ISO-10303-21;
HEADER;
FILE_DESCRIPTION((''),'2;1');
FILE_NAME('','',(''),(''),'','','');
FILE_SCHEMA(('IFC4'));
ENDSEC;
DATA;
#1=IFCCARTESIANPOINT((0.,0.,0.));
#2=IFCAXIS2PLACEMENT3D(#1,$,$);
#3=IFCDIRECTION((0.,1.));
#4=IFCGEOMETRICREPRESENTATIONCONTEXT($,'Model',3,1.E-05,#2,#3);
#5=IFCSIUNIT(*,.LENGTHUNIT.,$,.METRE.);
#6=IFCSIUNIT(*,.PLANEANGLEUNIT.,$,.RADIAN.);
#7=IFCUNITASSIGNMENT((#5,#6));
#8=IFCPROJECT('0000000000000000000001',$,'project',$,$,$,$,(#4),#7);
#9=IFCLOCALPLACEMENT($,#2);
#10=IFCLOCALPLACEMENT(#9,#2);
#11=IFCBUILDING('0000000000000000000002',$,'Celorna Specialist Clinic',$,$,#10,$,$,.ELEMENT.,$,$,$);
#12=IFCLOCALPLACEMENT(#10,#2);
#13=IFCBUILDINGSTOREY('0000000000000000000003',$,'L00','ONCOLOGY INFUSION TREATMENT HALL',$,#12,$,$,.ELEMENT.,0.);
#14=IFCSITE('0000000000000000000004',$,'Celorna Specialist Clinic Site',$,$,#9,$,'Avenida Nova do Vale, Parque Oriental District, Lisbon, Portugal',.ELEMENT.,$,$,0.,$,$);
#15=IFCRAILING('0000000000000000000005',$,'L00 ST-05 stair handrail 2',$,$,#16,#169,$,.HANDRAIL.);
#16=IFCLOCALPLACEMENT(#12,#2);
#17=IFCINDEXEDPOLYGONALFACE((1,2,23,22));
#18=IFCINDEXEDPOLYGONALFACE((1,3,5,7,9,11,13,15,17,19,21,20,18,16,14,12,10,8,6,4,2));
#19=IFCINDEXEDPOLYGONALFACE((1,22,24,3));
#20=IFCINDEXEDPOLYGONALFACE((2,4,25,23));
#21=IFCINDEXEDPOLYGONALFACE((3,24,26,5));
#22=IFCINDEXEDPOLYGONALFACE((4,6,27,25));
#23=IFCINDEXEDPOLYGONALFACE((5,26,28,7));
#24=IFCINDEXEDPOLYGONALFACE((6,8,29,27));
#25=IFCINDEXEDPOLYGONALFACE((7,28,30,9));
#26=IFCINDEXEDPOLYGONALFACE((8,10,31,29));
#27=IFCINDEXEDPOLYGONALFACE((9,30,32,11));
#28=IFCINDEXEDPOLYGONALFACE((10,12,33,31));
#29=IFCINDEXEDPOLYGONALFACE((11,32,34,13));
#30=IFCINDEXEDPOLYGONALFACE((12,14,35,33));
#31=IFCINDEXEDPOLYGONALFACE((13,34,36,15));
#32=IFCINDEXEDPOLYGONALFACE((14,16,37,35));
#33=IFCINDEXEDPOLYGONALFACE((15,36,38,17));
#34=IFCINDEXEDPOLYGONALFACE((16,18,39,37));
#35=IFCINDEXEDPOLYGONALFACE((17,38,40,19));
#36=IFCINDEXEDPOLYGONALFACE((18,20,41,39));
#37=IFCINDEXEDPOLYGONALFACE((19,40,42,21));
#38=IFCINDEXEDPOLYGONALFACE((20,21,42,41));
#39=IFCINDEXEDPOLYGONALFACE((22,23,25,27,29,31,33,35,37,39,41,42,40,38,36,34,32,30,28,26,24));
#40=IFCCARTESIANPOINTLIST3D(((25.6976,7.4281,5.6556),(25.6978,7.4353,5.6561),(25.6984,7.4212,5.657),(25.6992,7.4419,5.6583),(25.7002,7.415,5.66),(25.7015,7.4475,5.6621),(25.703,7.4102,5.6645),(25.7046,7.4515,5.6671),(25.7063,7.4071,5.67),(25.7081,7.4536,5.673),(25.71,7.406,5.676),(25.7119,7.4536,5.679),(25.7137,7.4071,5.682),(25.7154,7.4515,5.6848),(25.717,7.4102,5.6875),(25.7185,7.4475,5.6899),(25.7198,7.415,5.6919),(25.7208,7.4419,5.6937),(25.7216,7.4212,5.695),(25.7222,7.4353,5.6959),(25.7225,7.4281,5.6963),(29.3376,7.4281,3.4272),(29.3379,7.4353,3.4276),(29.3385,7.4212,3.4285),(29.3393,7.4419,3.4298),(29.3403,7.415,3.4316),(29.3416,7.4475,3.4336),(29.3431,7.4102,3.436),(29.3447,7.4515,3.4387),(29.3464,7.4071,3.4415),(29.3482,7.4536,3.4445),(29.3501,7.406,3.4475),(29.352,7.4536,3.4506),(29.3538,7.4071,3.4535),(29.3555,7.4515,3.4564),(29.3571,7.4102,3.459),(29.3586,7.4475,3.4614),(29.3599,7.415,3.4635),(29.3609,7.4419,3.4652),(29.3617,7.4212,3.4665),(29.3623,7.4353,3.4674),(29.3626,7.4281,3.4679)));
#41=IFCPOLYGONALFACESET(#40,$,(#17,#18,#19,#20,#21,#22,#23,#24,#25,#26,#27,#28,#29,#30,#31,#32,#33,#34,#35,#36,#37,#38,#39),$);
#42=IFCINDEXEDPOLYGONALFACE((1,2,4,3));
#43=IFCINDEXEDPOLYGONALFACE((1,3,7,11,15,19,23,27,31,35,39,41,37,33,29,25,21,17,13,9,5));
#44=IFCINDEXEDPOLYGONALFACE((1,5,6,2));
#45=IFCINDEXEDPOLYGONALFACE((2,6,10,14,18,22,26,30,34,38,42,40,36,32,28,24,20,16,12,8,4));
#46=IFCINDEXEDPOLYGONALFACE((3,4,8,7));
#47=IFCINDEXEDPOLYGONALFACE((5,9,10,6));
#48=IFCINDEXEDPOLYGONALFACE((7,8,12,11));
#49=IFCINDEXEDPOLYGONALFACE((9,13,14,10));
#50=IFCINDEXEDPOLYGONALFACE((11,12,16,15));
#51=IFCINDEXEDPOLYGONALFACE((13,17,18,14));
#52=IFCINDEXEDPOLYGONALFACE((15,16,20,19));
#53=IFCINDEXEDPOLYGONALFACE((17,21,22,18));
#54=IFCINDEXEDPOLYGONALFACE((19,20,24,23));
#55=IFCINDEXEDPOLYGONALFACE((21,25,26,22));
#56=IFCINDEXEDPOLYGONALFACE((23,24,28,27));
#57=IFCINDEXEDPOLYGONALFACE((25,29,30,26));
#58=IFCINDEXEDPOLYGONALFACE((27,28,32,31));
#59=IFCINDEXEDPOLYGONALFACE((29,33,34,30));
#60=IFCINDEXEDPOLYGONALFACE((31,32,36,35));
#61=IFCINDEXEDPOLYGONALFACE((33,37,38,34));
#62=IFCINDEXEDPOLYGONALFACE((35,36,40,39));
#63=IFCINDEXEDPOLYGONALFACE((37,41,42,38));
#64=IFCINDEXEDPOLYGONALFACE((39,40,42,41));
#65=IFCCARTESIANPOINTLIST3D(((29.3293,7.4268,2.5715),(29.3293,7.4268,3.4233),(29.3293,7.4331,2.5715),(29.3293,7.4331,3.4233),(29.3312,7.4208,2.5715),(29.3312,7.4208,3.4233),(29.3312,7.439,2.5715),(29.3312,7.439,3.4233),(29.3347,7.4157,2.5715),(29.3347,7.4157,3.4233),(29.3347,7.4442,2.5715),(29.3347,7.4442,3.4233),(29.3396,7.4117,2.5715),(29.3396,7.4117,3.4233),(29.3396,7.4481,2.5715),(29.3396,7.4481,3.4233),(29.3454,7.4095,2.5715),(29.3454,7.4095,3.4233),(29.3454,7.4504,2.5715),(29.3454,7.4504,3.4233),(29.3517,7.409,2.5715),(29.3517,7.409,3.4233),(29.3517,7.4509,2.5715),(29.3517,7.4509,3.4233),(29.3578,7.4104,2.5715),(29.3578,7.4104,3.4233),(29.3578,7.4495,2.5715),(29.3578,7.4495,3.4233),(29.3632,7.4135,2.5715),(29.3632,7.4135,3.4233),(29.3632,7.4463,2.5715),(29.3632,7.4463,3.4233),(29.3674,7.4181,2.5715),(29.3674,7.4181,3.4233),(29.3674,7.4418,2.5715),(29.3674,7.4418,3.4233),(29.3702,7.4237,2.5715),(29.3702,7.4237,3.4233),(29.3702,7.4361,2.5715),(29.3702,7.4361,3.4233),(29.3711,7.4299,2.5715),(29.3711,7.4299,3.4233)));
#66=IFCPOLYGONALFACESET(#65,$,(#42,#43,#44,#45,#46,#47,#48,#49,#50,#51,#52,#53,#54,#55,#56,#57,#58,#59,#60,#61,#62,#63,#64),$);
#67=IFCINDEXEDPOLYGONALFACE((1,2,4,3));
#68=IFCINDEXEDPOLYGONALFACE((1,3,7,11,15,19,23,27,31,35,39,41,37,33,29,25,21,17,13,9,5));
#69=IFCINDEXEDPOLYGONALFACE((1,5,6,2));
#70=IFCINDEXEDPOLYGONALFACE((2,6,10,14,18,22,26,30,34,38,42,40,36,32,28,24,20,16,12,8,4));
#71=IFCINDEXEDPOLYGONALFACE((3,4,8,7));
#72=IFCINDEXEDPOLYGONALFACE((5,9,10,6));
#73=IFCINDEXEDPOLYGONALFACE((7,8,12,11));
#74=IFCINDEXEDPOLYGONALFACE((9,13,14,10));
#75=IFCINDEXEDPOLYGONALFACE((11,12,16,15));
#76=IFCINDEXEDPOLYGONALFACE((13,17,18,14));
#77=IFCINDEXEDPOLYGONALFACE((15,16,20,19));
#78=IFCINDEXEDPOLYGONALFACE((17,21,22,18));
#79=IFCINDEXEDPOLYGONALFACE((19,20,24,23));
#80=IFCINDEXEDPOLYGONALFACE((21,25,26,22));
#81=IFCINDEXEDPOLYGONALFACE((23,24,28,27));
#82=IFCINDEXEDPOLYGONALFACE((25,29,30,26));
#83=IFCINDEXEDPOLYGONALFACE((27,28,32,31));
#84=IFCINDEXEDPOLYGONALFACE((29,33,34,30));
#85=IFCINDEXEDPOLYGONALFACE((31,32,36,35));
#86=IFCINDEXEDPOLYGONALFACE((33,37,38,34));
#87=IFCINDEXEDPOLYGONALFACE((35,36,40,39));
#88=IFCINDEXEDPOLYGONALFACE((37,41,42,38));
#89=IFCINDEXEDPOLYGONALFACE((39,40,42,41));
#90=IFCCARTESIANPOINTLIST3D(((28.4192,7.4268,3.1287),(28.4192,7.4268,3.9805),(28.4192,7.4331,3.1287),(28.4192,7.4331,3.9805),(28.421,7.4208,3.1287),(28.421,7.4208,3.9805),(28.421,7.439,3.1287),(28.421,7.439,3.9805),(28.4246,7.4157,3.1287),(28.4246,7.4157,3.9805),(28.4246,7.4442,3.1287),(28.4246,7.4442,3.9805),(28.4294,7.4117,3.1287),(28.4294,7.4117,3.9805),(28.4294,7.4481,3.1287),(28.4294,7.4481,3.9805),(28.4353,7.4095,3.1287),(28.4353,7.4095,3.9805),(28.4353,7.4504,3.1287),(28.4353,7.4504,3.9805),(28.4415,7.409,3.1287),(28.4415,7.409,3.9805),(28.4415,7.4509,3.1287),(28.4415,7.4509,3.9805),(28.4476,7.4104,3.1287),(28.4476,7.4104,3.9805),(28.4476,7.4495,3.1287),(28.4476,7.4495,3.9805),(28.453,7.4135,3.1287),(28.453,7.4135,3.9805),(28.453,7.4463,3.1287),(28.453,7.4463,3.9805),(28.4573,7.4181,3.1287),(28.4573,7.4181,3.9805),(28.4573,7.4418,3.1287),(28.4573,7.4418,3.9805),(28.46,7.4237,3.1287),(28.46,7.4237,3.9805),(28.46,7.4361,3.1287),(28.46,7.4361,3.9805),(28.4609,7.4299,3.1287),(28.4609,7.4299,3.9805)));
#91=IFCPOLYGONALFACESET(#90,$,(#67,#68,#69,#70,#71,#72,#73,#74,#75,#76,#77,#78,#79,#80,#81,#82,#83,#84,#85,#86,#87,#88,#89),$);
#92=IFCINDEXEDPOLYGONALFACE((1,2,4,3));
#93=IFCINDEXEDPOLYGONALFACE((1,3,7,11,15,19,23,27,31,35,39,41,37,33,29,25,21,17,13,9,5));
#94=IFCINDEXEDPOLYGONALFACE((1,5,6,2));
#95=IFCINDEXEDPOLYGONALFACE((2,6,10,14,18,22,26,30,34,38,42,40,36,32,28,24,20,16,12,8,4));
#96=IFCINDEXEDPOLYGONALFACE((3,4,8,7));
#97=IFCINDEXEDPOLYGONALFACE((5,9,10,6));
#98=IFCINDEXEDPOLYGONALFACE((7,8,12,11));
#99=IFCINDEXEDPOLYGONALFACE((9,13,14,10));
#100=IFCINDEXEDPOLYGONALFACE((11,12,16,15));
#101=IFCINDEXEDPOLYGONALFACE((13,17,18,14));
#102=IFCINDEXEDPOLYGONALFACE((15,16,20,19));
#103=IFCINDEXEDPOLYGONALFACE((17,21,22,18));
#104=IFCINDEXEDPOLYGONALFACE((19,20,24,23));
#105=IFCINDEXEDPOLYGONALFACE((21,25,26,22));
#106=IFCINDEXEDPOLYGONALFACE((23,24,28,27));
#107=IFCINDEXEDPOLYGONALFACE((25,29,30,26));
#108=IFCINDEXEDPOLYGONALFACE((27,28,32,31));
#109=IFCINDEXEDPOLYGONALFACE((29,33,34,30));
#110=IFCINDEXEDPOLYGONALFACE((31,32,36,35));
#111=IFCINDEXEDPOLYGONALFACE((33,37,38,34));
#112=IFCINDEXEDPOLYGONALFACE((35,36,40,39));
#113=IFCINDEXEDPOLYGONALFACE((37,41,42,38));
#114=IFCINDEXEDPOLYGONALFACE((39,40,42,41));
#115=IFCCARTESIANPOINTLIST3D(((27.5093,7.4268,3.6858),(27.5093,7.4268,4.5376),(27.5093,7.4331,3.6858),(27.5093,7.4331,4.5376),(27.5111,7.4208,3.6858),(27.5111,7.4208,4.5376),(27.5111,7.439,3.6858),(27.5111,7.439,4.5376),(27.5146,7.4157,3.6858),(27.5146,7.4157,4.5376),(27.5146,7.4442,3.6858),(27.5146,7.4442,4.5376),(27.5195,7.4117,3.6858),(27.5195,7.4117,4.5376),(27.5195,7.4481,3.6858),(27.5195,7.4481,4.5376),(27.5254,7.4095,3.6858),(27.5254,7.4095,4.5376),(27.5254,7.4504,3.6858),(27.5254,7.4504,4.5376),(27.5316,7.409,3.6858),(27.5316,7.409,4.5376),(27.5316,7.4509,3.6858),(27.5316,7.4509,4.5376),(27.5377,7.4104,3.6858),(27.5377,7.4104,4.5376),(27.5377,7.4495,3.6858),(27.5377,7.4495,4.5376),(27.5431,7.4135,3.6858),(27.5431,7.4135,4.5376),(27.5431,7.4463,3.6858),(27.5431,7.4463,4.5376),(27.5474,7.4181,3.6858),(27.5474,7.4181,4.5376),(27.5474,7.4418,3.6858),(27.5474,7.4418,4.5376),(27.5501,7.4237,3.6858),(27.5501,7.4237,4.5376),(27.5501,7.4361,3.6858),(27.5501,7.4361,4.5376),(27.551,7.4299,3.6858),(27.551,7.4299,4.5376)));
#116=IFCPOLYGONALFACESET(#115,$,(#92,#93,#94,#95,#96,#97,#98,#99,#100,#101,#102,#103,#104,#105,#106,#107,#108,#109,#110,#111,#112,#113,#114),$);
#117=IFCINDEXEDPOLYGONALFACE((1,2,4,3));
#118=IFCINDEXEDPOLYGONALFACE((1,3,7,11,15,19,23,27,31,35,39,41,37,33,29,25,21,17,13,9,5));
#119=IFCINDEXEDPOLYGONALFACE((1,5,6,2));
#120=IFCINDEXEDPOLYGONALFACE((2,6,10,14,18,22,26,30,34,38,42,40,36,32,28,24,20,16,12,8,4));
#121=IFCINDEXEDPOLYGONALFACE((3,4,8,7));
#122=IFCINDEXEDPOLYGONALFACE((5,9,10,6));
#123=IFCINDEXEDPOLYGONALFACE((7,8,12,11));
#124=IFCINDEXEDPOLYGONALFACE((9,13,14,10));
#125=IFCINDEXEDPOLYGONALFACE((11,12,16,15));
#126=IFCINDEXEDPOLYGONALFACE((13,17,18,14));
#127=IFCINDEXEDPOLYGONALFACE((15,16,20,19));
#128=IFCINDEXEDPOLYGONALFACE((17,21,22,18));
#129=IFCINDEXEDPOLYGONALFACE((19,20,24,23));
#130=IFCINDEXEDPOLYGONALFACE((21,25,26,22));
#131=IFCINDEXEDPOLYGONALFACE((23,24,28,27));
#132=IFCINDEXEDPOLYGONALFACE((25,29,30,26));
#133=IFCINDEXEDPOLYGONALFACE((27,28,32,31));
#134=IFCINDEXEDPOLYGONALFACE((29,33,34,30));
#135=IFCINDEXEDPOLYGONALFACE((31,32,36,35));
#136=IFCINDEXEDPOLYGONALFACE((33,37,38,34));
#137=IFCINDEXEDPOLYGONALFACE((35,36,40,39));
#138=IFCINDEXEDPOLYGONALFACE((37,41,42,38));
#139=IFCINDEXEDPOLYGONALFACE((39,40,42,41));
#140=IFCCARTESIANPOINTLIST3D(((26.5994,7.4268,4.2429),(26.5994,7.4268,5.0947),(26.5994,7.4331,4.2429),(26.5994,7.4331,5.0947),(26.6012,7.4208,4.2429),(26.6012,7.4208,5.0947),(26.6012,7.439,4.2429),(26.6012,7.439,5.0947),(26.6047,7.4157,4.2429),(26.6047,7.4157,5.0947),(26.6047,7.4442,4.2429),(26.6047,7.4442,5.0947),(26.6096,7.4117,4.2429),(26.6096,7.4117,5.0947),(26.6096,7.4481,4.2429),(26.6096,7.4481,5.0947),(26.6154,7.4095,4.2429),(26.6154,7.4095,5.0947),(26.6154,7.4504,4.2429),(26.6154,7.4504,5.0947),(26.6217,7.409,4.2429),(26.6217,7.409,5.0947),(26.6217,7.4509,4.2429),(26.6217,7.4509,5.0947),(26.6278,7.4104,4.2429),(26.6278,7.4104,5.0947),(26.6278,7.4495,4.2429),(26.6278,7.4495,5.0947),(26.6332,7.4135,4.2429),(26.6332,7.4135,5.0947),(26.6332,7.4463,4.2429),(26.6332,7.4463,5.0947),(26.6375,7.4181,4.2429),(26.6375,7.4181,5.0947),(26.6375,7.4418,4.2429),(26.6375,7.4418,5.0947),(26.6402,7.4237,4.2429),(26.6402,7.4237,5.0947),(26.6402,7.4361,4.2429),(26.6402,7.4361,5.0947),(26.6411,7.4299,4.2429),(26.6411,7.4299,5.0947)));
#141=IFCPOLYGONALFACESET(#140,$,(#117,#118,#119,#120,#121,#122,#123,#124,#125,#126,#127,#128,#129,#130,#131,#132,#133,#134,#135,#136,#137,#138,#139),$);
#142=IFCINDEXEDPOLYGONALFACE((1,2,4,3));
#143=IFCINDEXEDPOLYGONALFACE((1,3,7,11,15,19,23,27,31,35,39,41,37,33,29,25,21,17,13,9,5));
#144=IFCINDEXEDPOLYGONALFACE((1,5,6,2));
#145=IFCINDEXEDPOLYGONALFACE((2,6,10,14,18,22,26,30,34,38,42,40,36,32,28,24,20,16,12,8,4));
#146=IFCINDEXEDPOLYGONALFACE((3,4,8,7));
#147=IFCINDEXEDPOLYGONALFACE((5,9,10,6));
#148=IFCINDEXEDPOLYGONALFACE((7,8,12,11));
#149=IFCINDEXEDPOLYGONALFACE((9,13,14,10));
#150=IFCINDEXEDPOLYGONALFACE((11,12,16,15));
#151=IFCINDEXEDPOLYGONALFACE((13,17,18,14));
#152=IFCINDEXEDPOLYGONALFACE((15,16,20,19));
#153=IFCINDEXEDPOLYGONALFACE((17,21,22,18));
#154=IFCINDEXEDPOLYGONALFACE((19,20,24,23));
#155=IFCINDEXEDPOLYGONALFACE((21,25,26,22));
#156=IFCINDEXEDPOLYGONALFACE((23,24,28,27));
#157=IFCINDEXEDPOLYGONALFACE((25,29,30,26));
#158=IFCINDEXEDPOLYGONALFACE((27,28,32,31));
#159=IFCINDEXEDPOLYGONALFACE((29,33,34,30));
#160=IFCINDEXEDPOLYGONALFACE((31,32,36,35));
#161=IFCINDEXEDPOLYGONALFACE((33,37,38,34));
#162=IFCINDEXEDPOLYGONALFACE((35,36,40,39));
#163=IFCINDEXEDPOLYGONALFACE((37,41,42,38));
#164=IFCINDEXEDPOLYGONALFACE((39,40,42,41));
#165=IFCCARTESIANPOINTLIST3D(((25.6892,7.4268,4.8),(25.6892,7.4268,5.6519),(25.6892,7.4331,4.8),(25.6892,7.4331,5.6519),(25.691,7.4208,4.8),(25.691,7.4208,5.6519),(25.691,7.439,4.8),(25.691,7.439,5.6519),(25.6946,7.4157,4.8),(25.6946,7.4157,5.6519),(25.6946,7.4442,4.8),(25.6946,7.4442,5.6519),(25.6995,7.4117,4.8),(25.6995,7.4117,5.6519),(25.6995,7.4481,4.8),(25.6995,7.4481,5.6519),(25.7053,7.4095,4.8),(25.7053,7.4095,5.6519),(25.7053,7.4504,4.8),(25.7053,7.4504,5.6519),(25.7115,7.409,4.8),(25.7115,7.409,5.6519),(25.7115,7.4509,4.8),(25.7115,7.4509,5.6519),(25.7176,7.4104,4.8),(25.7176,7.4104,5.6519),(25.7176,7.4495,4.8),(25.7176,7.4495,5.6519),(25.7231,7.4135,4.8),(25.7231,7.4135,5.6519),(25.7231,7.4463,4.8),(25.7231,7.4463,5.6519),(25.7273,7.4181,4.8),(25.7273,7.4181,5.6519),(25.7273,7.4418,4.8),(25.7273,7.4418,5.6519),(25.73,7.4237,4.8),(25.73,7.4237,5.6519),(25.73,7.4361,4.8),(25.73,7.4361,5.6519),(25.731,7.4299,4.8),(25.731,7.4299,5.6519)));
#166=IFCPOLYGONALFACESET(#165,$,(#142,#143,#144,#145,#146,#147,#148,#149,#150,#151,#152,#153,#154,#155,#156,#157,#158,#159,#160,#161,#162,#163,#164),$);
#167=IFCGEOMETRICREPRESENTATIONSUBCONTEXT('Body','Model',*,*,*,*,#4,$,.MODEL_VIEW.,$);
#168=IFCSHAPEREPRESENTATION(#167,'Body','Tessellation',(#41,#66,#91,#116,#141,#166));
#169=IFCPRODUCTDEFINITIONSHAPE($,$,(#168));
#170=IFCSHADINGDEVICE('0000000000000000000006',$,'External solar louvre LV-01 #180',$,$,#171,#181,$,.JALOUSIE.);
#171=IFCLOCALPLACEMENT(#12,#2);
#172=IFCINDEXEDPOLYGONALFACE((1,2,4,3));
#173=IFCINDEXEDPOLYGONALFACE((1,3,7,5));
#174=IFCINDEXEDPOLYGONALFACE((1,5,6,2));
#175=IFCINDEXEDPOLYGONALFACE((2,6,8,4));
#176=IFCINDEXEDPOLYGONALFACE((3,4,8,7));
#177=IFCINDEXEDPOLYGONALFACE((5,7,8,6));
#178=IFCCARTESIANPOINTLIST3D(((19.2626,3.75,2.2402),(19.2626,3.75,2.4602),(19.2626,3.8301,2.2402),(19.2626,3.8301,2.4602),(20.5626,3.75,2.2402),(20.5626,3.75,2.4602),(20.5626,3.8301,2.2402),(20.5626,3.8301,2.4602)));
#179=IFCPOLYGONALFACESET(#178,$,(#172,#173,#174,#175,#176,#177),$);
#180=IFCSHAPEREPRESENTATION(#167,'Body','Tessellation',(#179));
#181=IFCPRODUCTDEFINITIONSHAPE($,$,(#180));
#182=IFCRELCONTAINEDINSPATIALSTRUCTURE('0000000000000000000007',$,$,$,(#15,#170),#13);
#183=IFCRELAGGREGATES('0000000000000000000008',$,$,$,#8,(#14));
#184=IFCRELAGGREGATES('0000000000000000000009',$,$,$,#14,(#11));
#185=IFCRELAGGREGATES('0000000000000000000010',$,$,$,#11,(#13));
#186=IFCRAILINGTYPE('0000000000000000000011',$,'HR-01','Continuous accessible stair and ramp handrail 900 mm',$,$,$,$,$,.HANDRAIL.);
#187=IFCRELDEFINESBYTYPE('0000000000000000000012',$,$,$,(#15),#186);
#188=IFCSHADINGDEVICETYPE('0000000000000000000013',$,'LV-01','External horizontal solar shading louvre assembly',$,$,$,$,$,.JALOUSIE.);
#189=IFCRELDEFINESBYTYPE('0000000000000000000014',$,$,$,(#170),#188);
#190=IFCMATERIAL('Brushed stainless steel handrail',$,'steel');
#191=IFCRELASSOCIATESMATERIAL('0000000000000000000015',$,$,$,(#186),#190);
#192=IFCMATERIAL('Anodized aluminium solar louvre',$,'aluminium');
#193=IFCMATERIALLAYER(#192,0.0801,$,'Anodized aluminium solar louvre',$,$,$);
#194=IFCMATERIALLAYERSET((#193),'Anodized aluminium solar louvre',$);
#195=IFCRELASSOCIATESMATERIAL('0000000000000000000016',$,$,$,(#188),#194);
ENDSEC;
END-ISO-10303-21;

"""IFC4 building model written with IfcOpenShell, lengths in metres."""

from ifc_helpers import new_model, si_unit, direction, frame, origin, origin_2d, place, context, subcontext, project, spatial, rectangle, circle, extrude, material, layer, layer_set, type_object, element, save


model = new_model("IFC4")

# Units and contexts
model_context = context("Model", 3, precision=1e-05, world=origin(), true_north=direction((0.0, 1.0)))
body_context = subcontext(model_context, "Body", "Model", "MODEL_VIEW")
ifc_project = project(units=[si_unit("LENGTHUNIT", "METRE"), si_unit("PLANEANGLEUNIT", "RADIAN")], contexts=[model_context])

# Site, building, storey
site_placement = place(None, origin())
site = spatial("IfcSite", under=ifc_project, at=site_placement, Name="Celorna Specialist Clinic Site", LongName="Avenida Nova do Vale, Parque Oriental District, Lisbon, Portugal", CompositionType="ELEMENT", RefElevation=0.0)
building_placement = place(site_placement, origin())
building = spatial("IfcBuilding", under=site, at=building_placement, Name="Celorna Specialist Clinic", CompositionType="ELEMENT")
storey_placement = place(building_placement, origin())
storey = spatial("IfcBuildingStorey", under=building, at=storey_placement, Name="L00", Description="ONCOLOGY INFUSION TREATMENT HALL", CompositionType="ELEMENT", Elevation=0.0)

# Railing
ifc_material_1 = material(Name="Brushed stainless steel handrail", Category="steel")
railing_type_1 = type_object("IfcRailingType", Name="HR-01", Description="Continuous accessible stair and ramp handrail 900 mm", PredefinedType="HANDRAIL", material=ifc_material_1)
railing_1_placement = place(storey_placement, frame((29.3501, 7.4299, 2.5715)))
element("IfcRailing", 1, at=railing_1_placement, inside=storey, type_object=railing_type_1, Name="L00 ST-05 stair handrail 2", PredefinedType="HANDRAIL", context=body_context, shape_type="SweptSolid", body=[
    extrude(circle(Radius=0.0239, at=origin_2d()), frame((0.0, 0.0, 0.876), z_axis=(-0.852866, 0.0, 0.52213), x_axis=(0.0, -1.0, 0.0)), (0.0, 0.0, 1.0), 4.2681),
    extrude(circle(Radius=0.021, at=origin_2d()), origin(), (0.0, 0.0, 1.0), 0.8518),
    extrude(circle(Radius=0.021, at=origin_2d()), frame((-0.9102, 0.0, 0.5571)), (0.0, 0.0, 1.0), 0.8518),
    extrude(circle(Radius=0.021, at=origin_2d()), frame((-1.8201, 0.0, 1.1143)), (0.0, 0.0, 1.0), 0.8518),
    extrude(circle(Radius=0.021, at=origin_2d()), frame((-2.73, 0.0, 1.6714)), (0.0, 0.0, 1.0), 0.8518),
    extrude(circle(Radius=0.021, at=origin_2d()), frame((-3.6401, 0.0, 2.2285)), (0.0, 0.0, 1.0), 0.8518),
])

# Shading device
ifc_material_2 = material(Name="Anodized aluminium solar louvre", Category="aluminium")
ifc_layer_1 = layer(ifc_material_2, 0.0801, Name="Anodized aluminium solar louvre")
ifc_layer_set_1 = layer_set([ifc_layer_1], Name="Anodized aluminium solar louvre")
shading_device_type = type_object("IfcShadingDeviceType", Name="LV-01", Description="External horizontal solar shading louvre assembly", PredefinedType="JALOUSIE", material=ifc_layer_set_1)
shading_device_placement = place(storey_placement, frame((19.9126, 3.79, 2.2402), z_axis=(0.0, 0.0, 1.0), x_axis=(-1.0, 0.0, 0.0)))
element("IfcShadingDevice", 2, at=shading_device_placement, inside=storey, type_object=shading_device_type, Name="External solar louvre LV-01 #180", PredefinedType="JALOUSIE", context=body_context, shape_type="SweptSolid", body=[
    extrude(rectangle(XDim=1.3, YDim=0.0801, at=origin_2d()), origin(), (0.0, 0.0, 1.0), 0.22),
])

save(model, "model.ifc")
